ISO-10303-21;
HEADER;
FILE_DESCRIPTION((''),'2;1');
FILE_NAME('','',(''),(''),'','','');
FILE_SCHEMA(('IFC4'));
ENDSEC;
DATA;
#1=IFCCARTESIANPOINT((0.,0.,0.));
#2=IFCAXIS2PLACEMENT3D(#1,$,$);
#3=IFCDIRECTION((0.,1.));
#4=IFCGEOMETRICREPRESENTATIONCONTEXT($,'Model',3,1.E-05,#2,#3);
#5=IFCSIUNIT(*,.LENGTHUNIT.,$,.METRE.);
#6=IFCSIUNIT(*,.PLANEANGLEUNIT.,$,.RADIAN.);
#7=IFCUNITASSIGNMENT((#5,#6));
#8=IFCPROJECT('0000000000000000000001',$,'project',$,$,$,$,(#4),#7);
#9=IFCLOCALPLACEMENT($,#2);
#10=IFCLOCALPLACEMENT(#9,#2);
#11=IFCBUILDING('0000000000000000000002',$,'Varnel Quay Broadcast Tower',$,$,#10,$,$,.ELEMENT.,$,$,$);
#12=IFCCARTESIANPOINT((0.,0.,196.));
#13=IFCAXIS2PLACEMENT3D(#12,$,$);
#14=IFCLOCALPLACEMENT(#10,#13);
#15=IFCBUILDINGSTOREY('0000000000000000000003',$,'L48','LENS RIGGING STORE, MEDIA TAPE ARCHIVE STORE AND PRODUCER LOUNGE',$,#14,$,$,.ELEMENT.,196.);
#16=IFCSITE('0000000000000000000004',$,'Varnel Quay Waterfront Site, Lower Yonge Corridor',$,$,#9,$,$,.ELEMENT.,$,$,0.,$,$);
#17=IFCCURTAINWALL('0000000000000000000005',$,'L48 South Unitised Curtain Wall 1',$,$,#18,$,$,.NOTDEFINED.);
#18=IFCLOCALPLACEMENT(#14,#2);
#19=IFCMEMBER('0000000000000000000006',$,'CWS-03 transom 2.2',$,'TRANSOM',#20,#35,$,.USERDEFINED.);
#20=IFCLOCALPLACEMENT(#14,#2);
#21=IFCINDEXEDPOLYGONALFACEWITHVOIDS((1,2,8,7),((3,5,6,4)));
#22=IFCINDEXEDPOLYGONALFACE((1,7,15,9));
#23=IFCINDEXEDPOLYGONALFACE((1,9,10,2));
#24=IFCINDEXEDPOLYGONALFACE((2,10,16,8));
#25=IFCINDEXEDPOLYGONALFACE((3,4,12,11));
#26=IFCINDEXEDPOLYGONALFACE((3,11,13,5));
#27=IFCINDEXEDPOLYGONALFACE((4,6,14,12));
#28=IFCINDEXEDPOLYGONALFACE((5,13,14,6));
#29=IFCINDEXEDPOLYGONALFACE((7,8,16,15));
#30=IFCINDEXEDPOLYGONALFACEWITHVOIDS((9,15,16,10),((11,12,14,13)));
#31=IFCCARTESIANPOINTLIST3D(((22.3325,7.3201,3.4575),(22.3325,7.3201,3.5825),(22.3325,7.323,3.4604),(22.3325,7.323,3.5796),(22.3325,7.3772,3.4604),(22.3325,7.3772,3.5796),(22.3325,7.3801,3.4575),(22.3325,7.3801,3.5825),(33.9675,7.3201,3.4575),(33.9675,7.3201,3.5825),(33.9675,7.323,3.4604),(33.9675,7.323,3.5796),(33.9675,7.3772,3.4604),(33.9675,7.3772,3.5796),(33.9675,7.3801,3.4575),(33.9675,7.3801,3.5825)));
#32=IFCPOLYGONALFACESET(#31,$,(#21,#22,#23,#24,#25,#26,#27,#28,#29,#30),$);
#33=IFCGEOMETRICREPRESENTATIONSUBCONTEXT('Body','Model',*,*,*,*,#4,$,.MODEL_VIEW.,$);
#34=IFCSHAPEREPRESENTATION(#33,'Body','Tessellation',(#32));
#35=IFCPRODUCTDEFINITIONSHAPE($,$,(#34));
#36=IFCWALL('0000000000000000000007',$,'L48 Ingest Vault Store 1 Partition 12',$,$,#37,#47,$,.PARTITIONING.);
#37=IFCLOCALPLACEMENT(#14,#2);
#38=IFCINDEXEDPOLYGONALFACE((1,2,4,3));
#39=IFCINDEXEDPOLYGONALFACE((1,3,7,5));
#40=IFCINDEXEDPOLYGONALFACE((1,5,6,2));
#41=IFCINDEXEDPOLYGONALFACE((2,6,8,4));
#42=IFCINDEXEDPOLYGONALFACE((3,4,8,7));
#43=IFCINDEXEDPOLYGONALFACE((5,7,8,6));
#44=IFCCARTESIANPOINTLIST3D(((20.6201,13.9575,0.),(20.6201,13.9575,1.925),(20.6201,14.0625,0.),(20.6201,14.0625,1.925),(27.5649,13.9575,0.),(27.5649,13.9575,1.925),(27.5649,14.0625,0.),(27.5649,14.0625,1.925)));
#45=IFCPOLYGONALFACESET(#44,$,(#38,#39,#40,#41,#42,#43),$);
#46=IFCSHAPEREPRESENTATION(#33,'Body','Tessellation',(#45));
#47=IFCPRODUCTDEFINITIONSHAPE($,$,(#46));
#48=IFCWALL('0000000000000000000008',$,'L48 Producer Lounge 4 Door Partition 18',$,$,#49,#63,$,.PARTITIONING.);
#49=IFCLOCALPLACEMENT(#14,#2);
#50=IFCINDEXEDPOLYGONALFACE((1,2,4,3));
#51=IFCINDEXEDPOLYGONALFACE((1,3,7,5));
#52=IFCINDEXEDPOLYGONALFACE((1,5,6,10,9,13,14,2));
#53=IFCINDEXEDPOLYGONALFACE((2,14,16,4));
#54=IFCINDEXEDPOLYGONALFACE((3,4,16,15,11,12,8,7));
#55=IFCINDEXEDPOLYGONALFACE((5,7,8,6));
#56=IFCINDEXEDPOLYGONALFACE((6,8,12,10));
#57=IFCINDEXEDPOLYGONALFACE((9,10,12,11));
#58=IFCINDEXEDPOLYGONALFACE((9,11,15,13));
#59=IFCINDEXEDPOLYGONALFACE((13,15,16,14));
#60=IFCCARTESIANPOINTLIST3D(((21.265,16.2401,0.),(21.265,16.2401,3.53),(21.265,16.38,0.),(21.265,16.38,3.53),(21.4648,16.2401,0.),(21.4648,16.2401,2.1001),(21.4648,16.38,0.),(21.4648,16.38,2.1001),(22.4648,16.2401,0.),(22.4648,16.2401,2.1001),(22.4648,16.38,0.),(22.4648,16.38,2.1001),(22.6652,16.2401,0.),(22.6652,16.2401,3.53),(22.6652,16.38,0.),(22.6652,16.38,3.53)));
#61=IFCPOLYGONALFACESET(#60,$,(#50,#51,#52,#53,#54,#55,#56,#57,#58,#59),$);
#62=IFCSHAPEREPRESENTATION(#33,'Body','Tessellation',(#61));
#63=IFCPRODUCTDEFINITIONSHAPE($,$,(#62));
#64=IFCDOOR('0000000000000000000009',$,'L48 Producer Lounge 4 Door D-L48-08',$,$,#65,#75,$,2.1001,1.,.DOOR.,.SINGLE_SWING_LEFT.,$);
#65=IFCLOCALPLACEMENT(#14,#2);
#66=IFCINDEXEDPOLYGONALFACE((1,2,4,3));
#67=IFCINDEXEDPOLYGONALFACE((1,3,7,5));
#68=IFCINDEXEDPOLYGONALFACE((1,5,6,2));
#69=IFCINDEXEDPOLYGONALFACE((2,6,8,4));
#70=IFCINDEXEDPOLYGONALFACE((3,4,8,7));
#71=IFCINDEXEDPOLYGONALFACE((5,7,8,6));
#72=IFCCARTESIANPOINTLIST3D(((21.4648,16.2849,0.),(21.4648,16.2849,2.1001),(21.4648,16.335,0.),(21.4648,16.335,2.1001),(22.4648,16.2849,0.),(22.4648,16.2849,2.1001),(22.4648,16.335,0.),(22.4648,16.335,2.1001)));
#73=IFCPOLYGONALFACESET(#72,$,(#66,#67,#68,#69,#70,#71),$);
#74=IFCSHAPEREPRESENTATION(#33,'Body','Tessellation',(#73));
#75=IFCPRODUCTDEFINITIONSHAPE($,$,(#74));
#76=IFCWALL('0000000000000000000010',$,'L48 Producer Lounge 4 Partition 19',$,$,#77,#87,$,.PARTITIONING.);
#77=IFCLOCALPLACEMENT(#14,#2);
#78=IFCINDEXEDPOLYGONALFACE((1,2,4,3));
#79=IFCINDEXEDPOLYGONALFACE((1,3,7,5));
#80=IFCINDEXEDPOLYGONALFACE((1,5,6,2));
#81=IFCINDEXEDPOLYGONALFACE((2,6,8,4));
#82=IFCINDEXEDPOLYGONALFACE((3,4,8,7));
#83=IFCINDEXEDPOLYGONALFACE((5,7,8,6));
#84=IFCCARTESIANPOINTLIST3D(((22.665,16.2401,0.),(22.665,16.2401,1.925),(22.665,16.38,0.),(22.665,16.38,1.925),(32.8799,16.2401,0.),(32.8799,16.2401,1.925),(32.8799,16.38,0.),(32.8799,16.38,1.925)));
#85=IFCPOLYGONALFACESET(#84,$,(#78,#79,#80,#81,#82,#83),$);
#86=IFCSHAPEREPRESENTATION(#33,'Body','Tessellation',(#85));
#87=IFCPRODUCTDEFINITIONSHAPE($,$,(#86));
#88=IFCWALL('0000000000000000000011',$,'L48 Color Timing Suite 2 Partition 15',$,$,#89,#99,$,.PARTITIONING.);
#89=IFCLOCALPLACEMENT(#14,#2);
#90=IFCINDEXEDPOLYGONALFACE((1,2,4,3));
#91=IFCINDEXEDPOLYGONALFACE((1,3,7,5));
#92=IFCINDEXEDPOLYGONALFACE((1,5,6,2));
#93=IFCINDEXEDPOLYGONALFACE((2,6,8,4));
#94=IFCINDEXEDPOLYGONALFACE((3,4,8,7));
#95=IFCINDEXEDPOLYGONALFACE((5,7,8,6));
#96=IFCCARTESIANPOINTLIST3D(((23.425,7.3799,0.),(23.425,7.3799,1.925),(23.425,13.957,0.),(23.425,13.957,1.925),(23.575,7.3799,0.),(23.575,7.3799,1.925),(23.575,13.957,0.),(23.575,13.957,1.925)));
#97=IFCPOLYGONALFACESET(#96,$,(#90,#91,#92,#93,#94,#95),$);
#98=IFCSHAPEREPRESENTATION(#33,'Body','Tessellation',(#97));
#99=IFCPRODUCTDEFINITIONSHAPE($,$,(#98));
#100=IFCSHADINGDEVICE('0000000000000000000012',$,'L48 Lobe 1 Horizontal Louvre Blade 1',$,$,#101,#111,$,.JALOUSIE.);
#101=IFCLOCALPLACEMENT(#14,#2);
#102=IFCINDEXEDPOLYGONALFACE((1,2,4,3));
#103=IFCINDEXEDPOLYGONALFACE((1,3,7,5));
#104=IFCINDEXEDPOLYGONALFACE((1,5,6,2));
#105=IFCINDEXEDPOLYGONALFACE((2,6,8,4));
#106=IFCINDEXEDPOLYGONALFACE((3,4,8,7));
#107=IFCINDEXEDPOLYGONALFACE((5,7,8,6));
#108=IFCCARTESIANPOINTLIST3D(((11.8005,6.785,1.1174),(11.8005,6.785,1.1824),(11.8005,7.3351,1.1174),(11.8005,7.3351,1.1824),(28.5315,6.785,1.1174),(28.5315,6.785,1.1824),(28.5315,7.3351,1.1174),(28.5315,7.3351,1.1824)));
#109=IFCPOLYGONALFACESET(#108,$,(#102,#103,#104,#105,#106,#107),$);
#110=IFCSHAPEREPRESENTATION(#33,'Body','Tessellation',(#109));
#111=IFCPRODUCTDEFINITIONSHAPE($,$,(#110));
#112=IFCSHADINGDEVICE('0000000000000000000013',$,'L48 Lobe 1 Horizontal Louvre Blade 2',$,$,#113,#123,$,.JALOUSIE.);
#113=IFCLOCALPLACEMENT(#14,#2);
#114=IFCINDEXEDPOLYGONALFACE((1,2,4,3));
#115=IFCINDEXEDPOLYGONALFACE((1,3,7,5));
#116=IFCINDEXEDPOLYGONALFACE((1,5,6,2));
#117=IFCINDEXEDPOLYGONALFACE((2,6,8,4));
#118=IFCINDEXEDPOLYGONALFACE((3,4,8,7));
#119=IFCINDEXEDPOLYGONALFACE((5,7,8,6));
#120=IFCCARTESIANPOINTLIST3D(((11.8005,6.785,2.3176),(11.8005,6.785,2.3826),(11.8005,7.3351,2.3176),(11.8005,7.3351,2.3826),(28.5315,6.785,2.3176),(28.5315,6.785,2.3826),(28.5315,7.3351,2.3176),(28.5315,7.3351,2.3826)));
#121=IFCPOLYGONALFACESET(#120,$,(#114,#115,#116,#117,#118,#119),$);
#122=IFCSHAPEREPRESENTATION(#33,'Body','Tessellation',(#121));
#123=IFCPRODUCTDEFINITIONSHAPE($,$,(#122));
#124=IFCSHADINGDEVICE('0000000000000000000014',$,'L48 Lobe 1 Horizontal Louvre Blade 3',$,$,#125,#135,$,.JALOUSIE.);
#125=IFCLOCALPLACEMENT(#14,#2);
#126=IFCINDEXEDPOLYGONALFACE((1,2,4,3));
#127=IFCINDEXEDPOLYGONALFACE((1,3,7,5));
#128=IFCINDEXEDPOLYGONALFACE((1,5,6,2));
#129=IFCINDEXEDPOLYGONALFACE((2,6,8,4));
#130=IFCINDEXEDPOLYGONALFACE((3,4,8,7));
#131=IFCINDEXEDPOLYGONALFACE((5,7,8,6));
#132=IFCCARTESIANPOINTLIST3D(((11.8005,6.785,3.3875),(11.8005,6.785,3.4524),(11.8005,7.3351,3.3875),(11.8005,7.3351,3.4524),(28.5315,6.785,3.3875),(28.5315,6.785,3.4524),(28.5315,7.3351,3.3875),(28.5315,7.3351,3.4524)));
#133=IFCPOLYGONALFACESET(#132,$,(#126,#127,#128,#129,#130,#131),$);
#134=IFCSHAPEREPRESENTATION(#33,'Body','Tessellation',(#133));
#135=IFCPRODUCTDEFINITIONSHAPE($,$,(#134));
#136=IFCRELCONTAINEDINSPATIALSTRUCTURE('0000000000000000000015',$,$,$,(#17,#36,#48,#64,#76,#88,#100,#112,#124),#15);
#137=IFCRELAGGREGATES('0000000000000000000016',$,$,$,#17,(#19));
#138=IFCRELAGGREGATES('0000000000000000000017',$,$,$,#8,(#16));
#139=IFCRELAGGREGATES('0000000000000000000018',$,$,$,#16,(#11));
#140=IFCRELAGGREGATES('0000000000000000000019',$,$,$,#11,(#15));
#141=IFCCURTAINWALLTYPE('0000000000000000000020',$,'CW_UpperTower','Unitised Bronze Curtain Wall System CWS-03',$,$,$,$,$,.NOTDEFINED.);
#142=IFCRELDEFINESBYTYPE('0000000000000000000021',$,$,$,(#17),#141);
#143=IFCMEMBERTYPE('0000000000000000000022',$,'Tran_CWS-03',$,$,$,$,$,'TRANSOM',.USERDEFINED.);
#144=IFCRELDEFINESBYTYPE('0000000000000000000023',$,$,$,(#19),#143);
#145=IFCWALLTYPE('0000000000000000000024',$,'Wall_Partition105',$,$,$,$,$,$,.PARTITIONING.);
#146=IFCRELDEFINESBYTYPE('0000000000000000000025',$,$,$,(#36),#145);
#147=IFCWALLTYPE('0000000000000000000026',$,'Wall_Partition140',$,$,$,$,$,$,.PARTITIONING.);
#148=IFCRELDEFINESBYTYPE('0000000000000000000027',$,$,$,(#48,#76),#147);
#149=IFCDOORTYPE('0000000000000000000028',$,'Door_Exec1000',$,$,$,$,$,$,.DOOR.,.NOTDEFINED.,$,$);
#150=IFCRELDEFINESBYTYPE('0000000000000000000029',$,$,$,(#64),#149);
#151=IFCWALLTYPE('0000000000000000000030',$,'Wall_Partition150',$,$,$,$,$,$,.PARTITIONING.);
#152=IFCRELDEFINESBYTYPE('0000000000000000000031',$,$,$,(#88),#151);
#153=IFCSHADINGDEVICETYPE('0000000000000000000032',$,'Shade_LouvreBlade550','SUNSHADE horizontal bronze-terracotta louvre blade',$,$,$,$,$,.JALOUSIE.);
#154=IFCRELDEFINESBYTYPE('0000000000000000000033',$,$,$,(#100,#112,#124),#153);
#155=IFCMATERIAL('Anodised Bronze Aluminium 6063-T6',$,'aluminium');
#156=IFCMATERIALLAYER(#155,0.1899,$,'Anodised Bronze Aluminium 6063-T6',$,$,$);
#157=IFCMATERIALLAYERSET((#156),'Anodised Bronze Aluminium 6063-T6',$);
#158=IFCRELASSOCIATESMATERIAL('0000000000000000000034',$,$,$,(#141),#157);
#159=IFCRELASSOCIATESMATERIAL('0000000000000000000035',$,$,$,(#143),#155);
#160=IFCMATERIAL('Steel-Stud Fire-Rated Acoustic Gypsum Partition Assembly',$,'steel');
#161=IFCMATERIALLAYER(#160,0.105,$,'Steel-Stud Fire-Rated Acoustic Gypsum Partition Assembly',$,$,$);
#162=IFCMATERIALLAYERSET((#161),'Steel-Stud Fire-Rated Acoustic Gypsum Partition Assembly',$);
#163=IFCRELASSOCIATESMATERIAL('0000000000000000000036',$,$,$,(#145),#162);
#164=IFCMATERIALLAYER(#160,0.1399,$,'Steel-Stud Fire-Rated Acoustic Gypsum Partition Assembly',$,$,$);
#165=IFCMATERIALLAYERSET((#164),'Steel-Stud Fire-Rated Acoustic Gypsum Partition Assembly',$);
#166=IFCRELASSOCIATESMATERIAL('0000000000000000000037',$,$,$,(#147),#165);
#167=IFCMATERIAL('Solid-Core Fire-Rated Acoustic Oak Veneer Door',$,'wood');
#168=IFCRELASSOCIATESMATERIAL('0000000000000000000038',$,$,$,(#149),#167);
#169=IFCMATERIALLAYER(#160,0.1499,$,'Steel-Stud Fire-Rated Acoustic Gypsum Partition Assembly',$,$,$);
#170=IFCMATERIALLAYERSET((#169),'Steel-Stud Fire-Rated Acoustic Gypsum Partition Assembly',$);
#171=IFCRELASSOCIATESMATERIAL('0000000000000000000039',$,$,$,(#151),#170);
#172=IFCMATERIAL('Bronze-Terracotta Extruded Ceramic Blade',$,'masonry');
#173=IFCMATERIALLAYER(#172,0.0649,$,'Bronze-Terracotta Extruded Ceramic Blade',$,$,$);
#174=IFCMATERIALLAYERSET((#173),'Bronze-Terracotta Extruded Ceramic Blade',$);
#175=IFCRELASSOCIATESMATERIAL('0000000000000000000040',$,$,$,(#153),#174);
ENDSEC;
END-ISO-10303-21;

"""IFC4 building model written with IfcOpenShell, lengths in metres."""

from ifc_helpers import new_model, si_unit, direction, frame, frame_2d, origin, origin_2d, place, context, subcontext, project, spatial, rectangle, hollow_rectangle, extrude, source, transform, mapped, material, layer, layer_set, material_profile, profile_set, type_object, type_shapes, element, fill, aggregate, save


model = new_model("IFC4")

# Units and contexts
model_context = context("Model", 3, precision=1e-05, world=origin(), true_north=direction((0.0, 1.0)))
body_context = subcontext(model_context, "Body", "Model", "MODEL_VIEW")
ifc_project = project(units=[si_unit("LENGTHUNIT", "METRE"), si_unit("PLANEANGLEUNIT", "RADIAN")], contexts=[model_context])

# Site, building, storey
site_placement = place(None, origin())
site = spatial("IfcSite", under=ifc_project, at=site_placement, Name="Varnel Quay Waterfront Site, Lower Yonge Corridor", CompositionType="ELEMENT", RefElevation=0.0)
building_placement = place(site_placement, origin())
building = spatial("IfcBuilding", under=site, at=building_placement, Name="Varnel Quay Broadcast Tower", CompositionType="ELEMENT")
storey_placement = place(building_placement, frame((0.0, 0.0, 196.0)))
storey = spatial("IfcBuildingStorey", under=building, at=storey_placement, Name="L48", Description="LENS RIGGING STORE, MEDIA TAPE ARCHIVE STORE AND PRODUCER LOUNGE", CompositionType="ELEMENT", Elevation=196.0)

# Curtain wall, member
ifc_material_1 = material(Name="Anodised Bronze Aluminium 6063-T6", Category="aluminium")
ifc_layer_1 = layer(ifc_material_1, 0.1899, Name="Anodised Bronze Aluminium 6063-T6")
ifc_layer_set_1 = layer_set([ifc_layer_1], Name="Anodised Bronze Aluminium 6063-T6")
curtain_wall_type = type_object("IfcCurtainWallType", Name="CW_UpperTower", Description="Unitised Bronze Curtain Wall System CWS-03", PredefinedType="NOTDEFINED", material=ifc_layer_set_1)
curtain_wall_placement = place(storey_placement, origin())
curtain_wall = element("IfcCurtainWall", 1, at=curtain_wall_placement, inside=storey, type_object=curtain_wall_type, Name="L48 South Unitised Curtain Wall 1", PredefinedType="NOTDEFINED")
ifc_material_profile_1 = material_profile(ifc_material_1, hollow_rectangle(XDim=0.0601, YDim=0.125, WallThickness=0.0029, at=origin_2d()), Name="ALU60X125X3")
ifc_profile_set_1 = profile_set([ifc_material_profile_1], Name="Anodised Bronze Aluminium 6063-T6")
member_type_1 = type_object("IfcMemberType", Name="Tran_CWS-03", ElementType="TRANSOM", PredefinedType="USERDEFINED", material=ifc_profile_set_1)
shared_shape_1 = source(origin(), body_context, "Body", "SweptSolid", [
    extrude(hollow_rectangle(XDim=0.0601, YDim=0.125, WallThickness=0.0029, at=origin_2d()), origin(), (0.0, 0.0, 1.0), 11.635),
])
type_shapes(member_type_1, [shared_shape_1])
member_1_placement = place(storey_placement, frame((22.3325, 7.3501, 3.52), z_axis=(1.0, 0.0, 0.0), x_axis=(0.0, 1.0, 0.0)))
member_1 = element("IfcMember", 2, at=member_1_placement, type_object=member_type_1, Name="CWS-03 transom 2.2", ObjectType="TRANSOM", PredefinedType="USERDEFINED", context=body_context, shape_type="MappedRepresentation", body=[
    mapped(shared_shape_1, transform((0.0, 0.0, 0.0), x_axis=(1.0, 0.0, 0.0), y_axis=(0.0, 1.0, 0.0), z_axis=(0.0, 0.0, 1.0), scale=1.0)),
])
aggregate(curtain_wall, [member_1])

# Wall
ifc_material_2 = material(Name="Steel-Stud Fire-Rated Acoustic Gypsum Partition Assembly", Category="steel")
ifc_layer_2 = layer(ifc_material_2, 0.105, Name="Steel-Stud Fire-Rated Acoustic Gypsum Partition Assembly")
ifc_layer_set_2 = layer_set([ifc_layer_2], Name="Steel-Stud Fire-Rated Acoustic Gypsum Partition Assembly")
wall_type_1 = type_object("IfcWallType", Name="Wall_Partition105", PredefinedType="PARTITIONING", material=ifc_layer_set_2)
wall_1_placement = place(storey_placement, frame((20.6201, 14.01, 0.0), z_axis=(0.0, 0.0, 1.0), x_axis=(1.0, 0.0, 0.0)))
element("IfcWall", 3, at=wall_1_placement, inside=storey, type_object=wall_type_1, Name="L48 Ingest Vault Store 1 Partition 12", PredefinedType="PARTITIONING", context=body_context, shape_type="SweptSolid", body=[
    extrude(rectangle(XDim=6.9448, YDim=0.105, at=frame_2d((3.4724, 0.0))), origin(), (0.0, 0.0, 1.0), 1.925),
])

# Wall, opening, door
ifc_layer_3 = layer(ifc_material_2, 0.1399, Name="Steel-Stud Fire-Rated Acoustic Gypsum Partition Assembly")
ifc_layer_set_3 = layer_set([ifc_layer_3], Name="Steel-Stud Fire-Rated Acoustic Gypsum Partition Assembly")
wall_type_2 = type_object("IfcWallType", Name="Wall_Partition140", PredefinedType="PARTITIONING", material=ifc_layer_set_3)
wall_2_placement = place(storey_placement, frame((21.2649, 16.3101, 0.0), z_axis=(0.0, 0.0, 1.0), x_axis=(1.0, 0.0, 0.0)))
wall_2 = element("IfcWall", 4, at=wall_2_placement, inside=storey, type_object=wall_type_2, Name="L48 Producer Lounge 4 Door Partition 18", PredefinedType="PARTITIONING", context=body_context, shape_type="SweptSolid", body=[
    extrude(rectangle(XDim=1.4001, YDim=0.1399, at=frame_2d((0.7002, 0.0))), origin(), (0.0, 0.0, 1.0), 3.53),
])
opening_placement = place(wall_2_placement, frame((0.2, 0.0, 0.0)))
opening = element("IfcOpeningElement", 5, at=opening_placement, cuts=wall_2, PredefinedType="OPENING", context=body_context, shape_type="SweptSolid", body=[
    extrude(rectangle(XDim=1.0, YDim=2.1001, at=frame_2d((0.5, 1.05))), frame((0.0, 0.0801, 0.0), z_axis=(0.0, -1.0, 0.0), x_axis=(1.0, 0.0, 0.0)), (0.0, 0.0, 1.0), 0.1599),
])
ifc_material_3 = material(Name="Solid-Core Fire-Rated Acoustic Oak Veneer Door", Category="wood")
door_type = type_object("IfcDoorType", Name="Door_Exec1000", OperationType="NOTDEFINED", PredefinedType="DOOR", material=ifc_material_3)
shared_shape_2 = source(origin(), body_context, "Body", "SweptSolid", [
    extrude(rectangle(XDim=1.0, YDim=2.1001, at=frame_2d((0.5, 1.05))), frame((0.0, 0.0249, 0.0), z_axis=(0.0, -1.0, 0.0), x_axis=(1.0, 0.0, 0.0)), (0.0, 0.0, 1.0), 0.05),
])
type_shapes(door_type, [shared_shape_2])
door_placement = place(opening_placement, origin())
door = element("IfcDoor", 6, at=door_placement, inside=storey, type_object=door_type, Name="L48 Producer Lounge 4 Door D-L48-08", OperationType="SINGLE_SWING_LEFT", OverallHeight=2.1001, OverallWidth=1.0, PredefinedType="DOOR", context=body_context, shape_type="MappedRepresentation", body=[
    mapped(shared_shape_2, transform((0.0, 0.0, 0.0), x_axis=(1.0, 0.0, 0.0), y_axis=(0.0, 1.0, 0.0), z_axis=(0.0, 0.0, 1.0), scale=1.0)),
])
fill(opening, door)

# Walls
wall_3_placement = place(storey_placement, frame((22.665, 16.3101, 0.0), z_axis=(0.0, 0.0, 1.0), x_axis=(1.0, 0.0, 0.0)))
element("IfcWall", 7, at=wall_3_placement, inside=storey, type_object=wall_type_2, Name="L48 Producer Lounge 4 Partition 19", PredefinedType="PARTITIONING", context=body_context, shape_type="SweptSolid", body=[
    extrude(rectangle(XDim=10.2148, YDim=0.1399, at=frame_2d((5.1074, 0.0))), origin(), (0.0, 0.0, 1.0), 1.925),
])
ifc_layer_4 = layer(ifc_material_2, 0.1499, Name="Steel-Stud Fire-Rated Acoustic Gypsum Partition Assembly")
ifc_layer_set_4 = layer_set([ifc_layer_4], Name="Steel-Stud Fire-Rated Acoustic Gypsum Partition Assembly")
wall_type_3 = type_object("IfcWallType", Name="Wall_Partition150", PredefinedType="PARTITIONING", material=ifc_layer_set_4)
wall_4_placement = place(storey_placement, frame((23.5, 7.3799, 0.0), z_axis=(0.0, 0.0, 1.0), x_axis=(0.0, 1.0, 0.0)))
element("IfcWall", 8, at=wall_4_placement, inside=storey, type_object=wall_type_3, Name="L48 Color Timing Suite 2 Partition 15", PredefinedType="PARTITIONING", context=body_context, shape_type="SweptSolid", body=[
    extrude(rectangle(XDim=6.5771, YDim=0.1499, at=frame_2d((3.2886, 0.0))), origin(), (0.0, 0.0, 1.0), 1.925),
])

# Shading devices
ifc_material_4 = material(Name="Bronze-Terracotta Extruded Ceramic Blade", Category="masonry")
ifc_layer_5 = layer(ifc_material_4, 0.0649, Name="Bronze-Terracotta Extruded Ceramic Blade")
ifc_layer_set_5 = layer_set([ifc_layer_5], Name="Bronze-Terracotta Extruded Ceramic Blade")
shading_device_type = type_object("IfcShadingDeviceType", Name="Shade_LouvreBlade550", Description="SUNSHADE horizontal bronze-terracotta louvre blade", PredefinedType="JALOUSIE", material=ifc_layer_set_5)
shared_shape_3 = source(origin(), body_context, "Body", "SweptSolid", [
    extrude(rectangle(XDim=16.731, YDim=0.55, at=origin_2d()), origin(), (0.0, 0.0, 1.0), 0.0649),
])
type_shapes(shading_device_type, [shared_shape_3])
for number, where, z_axis, x_axis, name in (
    (9, (20.166, 7.0601, 1.1174), (0.0, 0.0, 1.0), (1.0, 0.0, 0.0), "L48 Lobe 1 Horizontal Louvre Blade 1"),
    (10, (20.166, 7.0601, 2.3176), (0.0, 0.0, 1.0), (1.0, 0.0, 0.0), "L48 Lobe 1 Horizontal Louvre Blade 2"),
    (11, (20.166, 7.0601, 3.3875), (0.0, 0.0, 1.0), (1.0, 0.0, 0.0), "L48 Lobe 1 Horizontal Louvre Blade 3"),
):
    element("IfcShadingDevice", number, at=place(storey_placement, frame(where, z_axis=z_axis, x_axis=x_axis)), inside=storey, type_object=shading_device_type, Name=name, PredefinedType="JALOUSIE", context=body_context, shape_type="MappedRepresentation", body=[
        mapped(shared_shape_3, transform((0.0, 0.0, 0.0), x_axis=(1.0, 0.0, 0.0), y_axis=(0.0, 1.0, 0.0), z_axis=(0.0, 0.0, 1.0), scale=1.0)),
    ])

save(model, "model.ifc")
